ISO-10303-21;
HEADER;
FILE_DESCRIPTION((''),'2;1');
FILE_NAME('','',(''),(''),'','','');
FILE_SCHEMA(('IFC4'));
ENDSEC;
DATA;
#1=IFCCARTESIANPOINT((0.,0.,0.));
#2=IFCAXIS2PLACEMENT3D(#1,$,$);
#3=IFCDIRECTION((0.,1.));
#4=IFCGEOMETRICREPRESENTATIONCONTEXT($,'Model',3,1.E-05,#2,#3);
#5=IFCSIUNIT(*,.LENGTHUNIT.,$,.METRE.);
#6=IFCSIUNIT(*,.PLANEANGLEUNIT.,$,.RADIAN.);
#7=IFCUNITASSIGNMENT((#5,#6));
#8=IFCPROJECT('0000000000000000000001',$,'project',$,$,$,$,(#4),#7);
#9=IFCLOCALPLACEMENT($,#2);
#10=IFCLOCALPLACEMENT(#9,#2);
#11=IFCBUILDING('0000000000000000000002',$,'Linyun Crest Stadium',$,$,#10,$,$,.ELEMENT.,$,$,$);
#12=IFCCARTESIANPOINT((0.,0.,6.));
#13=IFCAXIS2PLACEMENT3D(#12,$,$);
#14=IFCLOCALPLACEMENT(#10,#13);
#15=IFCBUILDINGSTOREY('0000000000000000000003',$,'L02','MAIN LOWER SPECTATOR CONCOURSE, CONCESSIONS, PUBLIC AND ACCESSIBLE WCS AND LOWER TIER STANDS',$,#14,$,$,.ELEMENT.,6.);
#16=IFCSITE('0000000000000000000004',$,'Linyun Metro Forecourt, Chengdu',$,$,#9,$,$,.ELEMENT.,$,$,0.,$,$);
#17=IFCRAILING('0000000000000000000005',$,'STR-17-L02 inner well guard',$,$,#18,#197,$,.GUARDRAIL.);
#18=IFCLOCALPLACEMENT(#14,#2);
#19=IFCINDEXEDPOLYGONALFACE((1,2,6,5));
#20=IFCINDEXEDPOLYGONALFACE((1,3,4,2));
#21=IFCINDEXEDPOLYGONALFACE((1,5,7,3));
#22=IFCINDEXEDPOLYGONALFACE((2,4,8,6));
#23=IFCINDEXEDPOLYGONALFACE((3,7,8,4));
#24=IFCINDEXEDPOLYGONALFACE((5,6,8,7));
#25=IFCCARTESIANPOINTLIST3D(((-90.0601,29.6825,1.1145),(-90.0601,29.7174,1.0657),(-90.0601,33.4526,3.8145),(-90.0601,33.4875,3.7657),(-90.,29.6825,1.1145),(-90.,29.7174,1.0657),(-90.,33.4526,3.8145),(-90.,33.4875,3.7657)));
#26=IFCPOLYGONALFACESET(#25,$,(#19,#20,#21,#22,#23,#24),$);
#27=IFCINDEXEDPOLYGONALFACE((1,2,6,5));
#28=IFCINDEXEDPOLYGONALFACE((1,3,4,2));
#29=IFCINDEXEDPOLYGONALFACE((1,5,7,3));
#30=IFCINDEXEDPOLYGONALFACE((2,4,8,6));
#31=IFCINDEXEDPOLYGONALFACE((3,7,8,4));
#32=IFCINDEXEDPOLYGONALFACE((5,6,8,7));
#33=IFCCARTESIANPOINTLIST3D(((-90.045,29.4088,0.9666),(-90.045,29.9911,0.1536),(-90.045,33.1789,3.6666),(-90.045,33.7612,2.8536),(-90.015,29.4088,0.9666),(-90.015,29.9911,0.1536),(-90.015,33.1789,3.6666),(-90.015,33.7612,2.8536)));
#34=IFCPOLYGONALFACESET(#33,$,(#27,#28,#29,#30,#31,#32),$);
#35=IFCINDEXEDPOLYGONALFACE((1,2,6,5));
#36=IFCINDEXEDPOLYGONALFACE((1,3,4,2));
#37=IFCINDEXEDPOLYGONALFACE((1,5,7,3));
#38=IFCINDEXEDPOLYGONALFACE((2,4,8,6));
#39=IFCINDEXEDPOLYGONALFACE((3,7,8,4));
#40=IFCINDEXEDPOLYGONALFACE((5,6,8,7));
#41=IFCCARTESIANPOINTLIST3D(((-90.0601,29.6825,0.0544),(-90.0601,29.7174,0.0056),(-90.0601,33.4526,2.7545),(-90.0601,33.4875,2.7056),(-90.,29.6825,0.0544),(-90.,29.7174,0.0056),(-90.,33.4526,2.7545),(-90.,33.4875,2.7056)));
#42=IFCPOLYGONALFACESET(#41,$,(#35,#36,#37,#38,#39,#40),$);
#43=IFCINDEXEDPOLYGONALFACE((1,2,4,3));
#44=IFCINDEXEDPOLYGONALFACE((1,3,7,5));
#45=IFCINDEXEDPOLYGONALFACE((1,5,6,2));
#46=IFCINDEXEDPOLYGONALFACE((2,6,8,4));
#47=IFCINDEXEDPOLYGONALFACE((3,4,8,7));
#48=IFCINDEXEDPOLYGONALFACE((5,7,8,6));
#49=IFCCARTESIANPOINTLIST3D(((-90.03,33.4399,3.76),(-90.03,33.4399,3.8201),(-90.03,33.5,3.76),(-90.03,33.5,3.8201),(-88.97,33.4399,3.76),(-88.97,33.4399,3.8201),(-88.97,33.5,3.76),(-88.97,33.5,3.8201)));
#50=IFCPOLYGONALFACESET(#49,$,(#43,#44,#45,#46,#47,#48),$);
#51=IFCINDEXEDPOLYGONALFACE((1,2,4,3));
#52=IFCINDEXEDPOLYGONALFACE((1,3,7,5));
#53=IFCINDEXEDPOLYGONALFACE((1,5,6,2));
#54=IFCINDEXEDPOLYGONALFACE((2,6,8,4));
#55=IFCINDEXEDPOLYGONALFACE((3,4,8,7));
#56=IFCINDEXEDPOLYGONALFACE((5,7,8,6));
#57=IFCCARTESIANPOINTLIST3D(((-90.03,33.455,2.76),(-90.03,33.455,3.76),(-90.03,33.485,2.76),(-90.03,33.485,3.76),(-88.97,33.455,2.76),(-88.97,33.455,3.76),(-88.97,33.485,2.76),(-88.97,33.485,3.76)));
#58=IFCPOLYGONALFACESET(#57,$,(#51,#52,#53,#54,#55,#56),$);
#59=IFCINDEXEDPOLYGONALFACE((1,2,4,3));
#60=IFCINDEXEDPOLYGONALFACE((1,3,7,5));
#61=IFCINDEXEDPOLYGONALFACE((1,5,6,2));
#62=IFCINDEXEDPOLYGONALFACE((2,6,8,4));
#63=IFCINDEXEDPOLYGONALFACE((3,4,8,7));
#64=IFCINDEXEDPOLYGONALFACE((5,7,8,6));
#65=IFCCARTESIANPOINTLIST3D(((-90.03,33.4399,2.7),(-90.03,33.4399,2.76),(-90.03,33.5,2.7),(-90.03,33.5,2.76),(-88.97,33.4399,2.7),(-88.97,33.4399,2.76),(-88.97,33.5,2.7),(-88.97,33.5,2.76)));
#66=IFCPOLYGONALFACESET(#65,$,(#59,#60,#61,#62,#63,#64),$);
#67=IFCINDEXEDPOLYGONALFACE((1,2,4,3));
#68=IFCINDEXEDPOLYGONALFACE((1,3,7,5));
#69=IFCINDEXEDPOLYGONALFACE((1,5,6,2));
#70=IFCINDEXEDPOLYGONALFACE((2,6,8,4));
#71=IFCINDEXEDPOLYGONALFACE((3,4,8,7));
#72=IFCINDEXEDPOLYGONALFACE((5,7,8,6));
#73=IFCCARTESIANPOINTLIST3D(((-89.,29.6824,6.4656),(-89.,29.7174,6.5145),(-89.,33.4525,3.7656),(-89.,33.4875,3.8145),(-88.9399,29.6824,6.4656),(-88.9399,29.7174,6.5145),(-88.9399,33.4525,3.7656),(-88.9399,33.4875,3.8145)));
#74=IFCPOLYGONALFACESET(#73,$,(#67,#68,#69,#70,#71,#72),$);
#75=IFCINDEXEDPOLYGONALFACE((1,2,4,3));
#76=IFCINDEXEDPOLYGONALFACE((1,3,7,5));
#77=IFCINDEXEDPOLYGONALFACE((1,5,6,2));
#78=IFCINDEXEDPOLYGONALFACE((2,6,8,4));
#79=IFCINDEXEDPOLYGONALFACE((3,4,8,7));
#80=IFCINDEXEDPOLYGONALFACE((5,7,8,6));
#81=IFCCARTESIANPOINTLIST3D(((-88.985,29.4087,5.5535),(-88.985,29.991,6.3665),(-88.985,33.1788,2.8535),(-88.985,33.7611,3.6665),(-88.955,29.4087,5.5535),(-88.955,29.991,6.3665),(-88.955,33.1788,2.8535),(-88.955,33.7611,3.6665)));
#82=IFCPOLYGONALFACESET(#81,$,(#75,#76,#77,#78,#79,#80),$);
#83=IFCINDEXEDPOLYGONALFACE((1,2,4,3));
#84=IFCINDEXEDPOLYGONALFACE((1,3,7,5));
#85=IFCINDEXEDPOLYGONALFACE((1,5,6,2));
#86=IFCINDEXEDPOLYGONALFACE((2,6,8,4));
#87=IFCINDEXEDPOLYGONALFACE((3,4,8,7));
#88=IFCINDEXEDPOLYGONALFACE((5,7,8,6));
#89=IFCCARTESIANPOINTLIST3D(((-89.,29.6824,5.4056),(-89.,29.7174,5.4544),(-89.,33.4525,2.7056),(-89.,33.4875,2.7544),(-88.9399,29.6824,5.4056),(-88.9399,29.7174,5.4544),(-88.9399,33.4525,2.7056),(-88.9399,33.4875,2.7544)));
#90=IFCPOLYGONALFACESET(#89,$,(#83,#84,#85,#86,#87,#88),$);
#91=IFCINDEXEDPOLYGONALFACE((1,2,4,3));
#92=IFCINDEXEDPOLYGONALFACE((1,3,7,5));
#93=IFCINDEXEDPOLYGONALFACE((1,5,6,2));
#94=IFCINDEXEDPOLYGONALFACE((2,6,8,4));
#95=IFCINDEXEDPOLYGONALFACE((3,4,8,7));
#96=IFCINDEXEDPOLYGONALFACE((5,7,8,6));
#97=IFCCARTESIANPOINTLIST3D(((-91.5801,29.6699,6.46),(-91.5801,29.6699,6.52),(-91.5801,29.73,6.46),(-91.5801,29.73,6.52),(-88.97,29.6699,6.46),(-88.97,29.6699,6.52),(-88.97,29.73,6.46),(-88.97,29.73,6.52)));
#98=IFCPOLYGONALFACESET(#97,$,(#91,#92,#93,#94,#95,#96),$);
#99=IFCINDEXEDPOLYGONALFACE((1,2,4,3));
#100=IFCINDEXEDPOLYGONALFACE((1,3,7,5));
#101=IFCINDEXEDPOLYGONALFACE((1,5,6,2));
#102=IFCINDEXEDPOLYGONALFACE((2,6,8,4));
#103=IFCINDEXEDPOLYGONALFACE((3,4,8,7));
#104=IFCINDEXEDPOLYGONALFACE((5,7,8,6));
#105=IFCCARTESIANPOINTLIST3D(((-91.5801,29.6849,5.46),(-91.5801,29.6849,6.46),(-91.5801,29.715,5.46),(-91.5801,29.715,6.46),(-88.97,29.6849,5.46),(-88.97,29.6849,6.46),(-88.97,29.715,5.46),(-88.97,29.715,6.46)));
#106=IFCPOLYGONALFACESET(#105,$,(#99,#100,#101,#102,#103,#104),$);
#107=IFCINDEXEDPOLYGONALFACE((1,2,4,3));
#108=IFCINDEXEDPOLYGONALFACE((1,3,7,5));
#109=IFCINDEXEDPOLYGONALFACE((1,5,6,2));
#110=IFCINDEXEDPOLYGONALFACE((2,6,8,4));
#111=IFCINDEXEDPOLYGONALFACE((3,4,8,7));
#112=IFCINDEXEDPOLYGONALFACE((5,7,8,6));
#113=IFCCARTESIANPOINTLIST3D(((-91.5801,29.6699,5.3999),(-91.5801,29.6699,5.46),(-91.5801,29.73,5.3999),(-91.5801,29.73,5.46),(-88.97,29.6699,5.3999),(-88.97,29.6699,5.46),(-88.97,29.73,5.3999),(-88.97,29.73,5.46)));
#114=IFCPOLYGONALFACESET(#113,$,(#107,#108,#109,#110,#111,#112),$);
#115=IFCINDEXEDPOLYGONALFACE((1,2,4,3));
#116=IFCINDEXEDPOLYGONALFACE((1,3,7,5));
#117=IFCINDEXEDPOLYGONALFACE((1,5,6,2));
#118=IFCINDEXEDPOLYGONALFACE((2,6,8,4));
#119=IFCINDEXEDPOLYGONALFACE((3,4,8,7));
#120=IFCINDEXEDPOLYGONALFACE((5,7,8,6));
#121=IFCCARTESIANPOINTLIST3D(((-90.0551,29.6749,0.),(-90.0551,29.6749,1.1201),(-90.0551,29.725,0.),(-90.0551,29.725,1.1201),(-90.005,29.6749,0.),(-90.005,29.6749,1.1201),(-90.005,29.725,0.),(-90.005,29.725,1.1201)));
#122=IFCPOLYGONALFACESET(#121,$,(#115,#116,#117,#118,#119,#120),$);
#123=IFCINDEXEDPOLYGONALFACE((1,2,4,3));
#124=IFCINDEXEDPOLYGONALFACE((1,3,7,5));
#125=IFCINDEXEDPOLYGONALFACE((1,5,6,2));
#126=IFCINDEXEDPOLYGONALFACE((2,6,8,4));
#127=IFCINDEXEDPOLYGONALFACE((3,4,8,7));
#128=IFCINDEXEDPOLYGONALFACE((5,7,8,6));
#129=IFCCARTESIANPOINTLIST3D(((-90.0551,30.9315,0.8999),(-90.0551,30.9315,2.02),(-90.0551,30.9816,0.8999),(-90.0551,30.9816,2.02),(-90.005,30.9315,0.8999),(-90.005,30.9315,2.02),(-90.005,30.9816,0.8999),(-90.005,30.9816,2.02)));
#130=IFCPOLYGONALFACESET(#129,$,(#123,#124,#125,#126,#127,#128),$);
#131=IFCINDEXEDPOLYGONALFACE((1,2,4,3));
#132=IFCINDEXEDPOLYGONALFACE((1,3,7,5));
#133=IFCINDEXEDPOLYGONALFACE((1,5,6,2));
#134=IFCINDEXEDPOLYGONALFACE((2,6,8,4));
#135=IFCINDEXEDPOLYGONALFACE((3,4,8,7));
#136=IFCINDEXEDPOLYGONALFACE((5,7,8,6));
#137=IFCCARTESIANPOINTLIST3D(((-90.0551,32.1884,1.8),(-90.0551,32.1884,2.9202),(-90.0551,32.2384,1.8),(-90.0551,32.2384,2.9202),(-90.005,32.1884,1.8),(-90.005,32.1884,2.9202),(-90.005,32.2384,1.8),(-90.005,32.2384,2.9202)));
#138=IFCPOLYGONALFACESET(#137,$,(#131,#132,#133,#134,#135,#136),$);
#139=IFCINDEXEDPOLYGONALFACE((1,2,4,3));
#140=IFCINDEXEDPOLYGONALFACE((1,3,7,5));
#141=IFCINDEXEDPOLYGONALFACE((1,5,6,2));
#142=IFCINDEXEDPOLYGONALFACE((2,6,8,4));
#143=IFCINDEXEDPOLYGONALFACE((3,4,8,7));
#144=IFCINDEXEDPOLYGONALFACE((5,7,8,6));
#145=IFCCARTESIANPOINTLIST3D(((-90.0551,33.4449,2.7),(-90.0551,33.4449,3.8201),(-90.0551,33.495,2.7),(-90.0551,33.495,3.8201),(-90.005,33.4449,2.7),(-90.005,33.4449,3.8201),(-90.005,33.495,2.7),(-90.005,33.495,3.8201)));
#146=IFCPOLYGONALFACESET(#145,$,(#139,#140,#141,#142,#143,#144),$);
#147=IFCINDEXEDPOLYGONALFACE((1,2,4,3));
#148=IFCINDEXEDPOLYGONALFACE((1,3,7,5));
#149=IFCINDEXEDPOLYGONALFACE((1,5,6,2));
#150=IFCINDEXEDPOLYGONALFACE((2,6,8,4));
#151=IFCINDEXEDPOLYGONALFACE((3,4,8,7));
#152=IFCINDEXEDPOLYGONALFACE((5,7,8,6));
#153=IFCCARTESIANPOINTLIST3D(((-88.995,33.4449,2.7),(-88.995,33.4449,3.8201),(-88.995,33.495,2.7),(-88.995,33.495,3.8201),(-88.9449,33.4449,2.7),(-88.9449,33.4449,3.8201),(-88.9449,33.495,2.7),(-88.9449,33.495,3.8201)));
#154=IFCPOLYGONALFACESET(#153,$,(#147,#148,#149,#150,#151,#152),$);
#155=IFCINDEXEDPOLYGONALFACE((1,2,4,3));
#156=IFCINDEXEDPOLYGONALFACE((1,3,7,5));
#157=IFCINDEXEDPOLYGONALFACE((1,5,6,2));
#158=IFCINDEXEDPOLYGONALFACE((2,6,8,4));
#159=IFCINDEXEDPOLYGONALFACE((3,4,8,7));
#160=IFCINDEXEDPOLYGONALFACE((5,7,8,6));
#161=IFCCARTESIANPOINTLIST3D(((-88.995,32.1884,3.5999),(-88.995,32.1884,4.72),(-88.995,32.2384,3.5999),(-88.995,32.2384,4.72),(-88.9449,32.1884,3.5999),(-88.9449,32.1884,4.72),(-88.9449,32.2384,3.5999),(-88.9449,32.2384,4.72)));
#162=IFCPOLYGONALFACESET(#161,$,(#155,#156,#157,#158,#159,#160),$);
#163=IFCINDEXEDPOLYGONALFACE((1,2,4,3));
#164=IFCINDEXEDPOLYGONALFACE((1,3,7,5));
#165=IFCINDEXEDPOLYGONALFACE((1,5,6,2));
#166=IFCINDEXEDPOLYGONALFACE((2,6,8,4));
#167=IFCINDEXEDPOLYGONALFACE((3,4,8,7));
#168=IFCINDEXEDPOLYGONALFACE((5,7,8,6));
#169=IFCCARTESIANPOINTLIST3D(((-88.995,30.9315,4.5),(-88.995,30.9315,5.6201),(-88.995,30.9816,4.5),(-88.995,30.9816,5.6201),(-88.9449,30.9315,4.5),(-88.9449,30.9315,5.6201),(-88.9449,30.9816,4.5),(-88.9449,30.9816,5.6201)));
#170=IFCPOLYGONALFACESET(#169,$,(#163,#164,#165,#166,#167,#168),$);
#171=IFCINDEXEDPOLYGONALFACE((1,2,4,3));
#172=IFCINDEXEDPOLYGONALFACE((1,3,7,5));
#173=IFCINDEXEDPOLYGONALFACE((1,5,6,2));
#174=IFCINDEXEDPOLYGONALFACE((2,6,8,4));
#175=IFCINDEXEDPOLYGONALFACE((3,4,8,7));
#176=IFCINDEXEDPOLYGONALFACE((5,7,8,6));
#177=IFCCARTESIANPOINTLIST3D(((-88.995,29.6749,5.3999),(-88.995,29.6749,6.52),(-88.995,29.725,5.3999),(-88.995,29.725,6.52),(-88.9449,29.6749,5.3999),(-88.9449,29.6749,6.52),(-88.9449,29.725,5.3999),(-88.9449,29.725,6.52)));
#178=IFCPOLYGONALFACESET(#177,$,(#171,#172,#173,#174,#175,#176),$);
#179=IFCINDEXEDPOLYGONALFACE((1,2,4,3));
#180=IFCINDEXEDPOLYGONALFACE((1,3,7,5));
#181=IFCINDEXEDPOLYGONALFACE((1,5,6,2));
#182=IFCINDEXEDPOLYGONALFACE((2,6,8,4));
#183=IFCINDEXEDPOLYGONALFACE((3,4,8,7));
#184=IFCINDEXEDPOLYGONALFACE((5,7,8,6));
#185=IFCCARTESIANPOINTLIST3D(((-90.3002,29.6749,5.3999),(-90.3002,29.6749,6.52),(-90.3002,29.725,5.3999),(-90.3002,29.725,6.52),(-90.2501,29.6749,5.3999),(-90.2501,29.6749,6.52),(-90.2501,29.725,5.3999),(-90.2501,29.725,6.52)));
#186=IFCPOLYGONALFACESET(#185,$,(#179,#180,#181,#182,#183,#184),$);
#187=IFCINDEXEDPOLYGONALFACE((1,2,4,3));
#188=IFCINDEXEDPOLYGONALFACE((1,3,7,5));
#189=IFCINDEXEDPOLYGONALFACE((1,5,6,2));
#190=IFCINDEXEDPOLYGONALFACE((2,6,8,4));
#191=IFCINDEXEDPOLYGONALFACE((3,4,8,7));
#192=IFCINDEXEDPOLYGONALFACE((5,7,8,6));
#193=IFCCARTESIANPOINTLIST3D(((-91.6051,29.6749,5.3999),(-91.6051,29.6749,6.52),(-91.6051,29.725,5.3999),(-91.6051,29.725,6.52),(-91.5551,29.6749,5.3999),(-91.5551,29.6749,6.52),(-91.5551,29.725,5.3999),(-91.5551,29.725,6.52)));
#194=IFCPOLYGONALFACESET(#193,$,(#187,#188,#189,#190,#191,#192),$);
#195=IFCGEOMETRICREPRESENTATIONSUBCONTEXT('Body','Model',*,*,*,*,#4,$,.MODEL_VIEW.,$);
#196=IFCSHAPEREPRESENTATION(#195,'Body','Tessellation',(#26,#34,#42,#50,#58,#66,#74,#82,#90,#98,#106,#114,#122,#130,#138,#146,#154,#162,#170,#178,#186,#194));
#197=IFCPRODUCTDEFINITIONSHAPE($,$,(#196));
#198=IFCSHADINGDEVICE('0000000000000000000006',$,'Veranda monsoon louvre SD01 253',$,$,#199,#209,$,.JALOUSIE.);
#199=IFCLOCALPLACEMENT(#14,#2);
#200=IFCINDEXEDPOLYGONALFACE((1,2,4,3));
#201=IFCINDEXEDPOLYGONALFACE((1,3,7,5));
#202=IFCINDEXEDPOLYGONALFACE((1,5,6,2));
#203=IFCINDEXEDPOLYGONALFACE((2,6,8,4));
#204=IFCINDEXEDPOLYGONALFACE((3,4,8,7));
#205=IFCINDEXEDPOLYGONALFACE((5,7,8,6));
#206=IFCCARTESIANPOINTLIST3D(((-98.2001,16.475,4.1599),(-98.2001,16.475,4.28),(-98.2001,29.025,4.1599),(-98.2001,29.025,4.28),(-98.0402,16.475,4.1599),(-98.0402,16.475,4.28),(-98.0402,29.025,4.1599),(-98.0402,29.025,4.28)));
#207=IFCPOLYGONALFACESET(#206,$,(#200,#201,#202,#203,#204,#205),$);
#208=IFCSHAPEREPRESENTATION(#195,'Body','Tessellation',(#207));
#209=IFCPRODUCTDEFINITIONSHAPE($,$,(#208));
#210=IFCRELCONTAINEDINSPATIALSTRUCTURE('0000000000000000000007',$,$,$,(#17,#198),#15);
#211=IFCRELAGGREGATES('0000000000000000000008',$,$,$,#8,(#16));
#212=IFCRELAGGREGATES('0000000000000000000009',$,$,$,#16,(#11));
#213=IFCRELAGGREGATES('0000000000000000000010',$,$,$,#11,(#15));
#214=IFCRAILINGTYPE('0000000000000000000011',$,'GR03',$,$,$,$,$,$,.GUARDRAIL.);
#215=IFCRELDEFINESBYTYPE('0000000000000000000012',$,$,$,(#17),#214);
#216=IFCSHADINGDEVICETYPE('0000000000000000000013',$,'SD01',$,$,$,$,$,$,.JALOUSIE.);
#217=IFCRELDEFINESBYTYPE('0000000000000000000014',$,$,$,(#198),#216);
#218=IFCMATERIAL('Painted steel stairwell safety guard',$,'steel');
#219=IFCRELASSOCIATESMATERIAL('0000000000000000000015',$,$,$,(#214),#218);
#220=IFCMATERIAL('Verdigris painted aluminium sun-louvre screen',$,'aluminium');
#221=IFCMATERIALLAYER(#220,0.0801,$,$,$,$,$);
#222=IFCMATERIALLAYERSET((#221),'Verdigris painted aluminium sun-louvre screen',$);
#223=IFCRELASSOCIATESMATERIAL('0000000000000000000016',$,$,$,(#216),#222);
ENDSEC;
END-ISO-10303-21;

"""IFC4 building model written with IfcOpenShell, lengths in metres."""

from ifc_helpers import new_model, si_unit, direction, frame, origin, origin_2d, place, context, subcontext, project, spatial, rectangle, extrude, material, layer, layer_set, type_object, element, save


model = new_model("IFC4")

# Units and contexts
model_context = context("Model", 3, precision=1e-05, world=origin(), true_north=direction((0.0, 1.0)))
body_context = subcontext(model_context, "Body", "Model", "MODEL_VIEW")
ifc_project = project(units=[si_unit("LENGTHUNIT", "METRE"), si_unit("PLANEANGLEUNIT", "RADIAN")], contexts=[model_context])

# Site, building, storey
site_placement = place(None, origin())
site = spatial("IfcSite", under=ifc_project, at=site_placement, Name="Linyun Metro Forecourt, Chengdu", CompositionType="ELEMENT", RefElevation=0.0)
building_placement = place(site_placement, origin())
building = spatial("IfcBuilding", under=site, at=building_placement, Name="Linyun Crest Stadium", CompositionType="ELEMENT")
storey_placement = place(building_placement, frame((0.0, 0.0, 6.0)))
storey = spatial("IfcBuildingStorey", under=building, at=storey_placement, Name="L02", Description="MAIN LOWER SPECTATOR CONCOURSE, CONCESSIONS, PUBLIC AND ACCESSIBLE WCS AND LOWER TIER STANDS", CompositionType="ELEMENT", Elevation=6.0)

# Railing
ifc_material_1 = material(Name="Painted steel stairwell safety guard", Category="steel")
railing_type_1 = type_object("IfcRailingType", Name="GR03", PredefinedType="GUARDRAIL", material=ifc_material_1)
railing_1_placement = place(storey_placement, frame((-90.03, 29.7, 0.0)))
element("IfcRailing", 1, at=railing_1_placement, inside=storey, type_object=railing_type_1, Name="STR-17-L02 inner well guard", PredefinedType="GUARDRAIL", context=body_context, shape_type="SweptSolid", body=[
    extrude(rectangle(XDim=0.0601, YDim=0.0601, at=origin_2d()), frame((0.0, 0.0, 1.0901), z_axis=(0.0, 0.813011, 0.582249), x_axis=(-1.0, 0.0, 0.0)), (0.0, 0.0, 1.0), 4.6372),
    extrude(rectangle(XDim=0.03, YDim=1.0, at=origin_2d()), frame((0.0, 0.0, 0.5601), z_axis=(0.0, 0.813011, 0.582249), x_axis=(-1.0, 0.0, 0.0)), (0.0, 0.0, 1.0), 4.6372),
    extrude(rectangle(XDim=0.0601, YDim=0.0601, at=origin_2d()), frame((0.0, 0.0, 0.03), z_axis=(0.0, 0.813011, 0.582249), x_axis=(-1.0, 0.0, 0.0)), (0.0, 0.0, 1.0), 4.6372),
    extrude(rectangle(XDim=0.0601, YDim=0.0601, at=origin_2d()), frame((0.0, 3.77, 3.79), z_axis=(1.0, 0.0, 0.0), x_axis=(0.0, 1.0, 0.0)), (0.0, 0.0, 1.0), 1.0601),
    extrude(rectangle(XDim=0.03, YDim=1.0, at=origin_2d()), frame((0.0, 3.77, 3.26), z_axis=(1.0, 0.0, 0.0), x_axis=(0.0, 1.0, 0.0)), (0.0, 0.0, 1.0), 1.0601),
    extrude(rectangle(XDim=0.0601, YDim=0.0601, at=origin_2d()), frame((0.0, 3.77, 2.73), z_axis=(1.0, 0.0, 0.0), x_axis=(0.0, 1.0, 0.0)), (0.0, 0.0, 1.0), 1.0601),
    extrude(rectangle(XDim=0.0601, YDim=0.0601, at=origin_2d()), frame((1.0601, 3.77, 3.79), z_axis=(0.0, -0.813011, 0.582249), x_axis=(1.0, 0.0, 0.0)), (0.0, 0.0, 1.0), 4.6372),
    extrude(rectangle(XDim=0.03, YDim=1.0, at=origin_2d()), frame((1.0601, 3.77, 3.26), z_axis=(0.0, -0.813011, 0.582249), x_axis=(1.0, 0.0, 0.0)), (0.0, 0.0, 1.0), 4.6372),
    extrude(rectangle(XDim=0.0601, YDim=0.0601, at=origin_2d()), frame((1.0601, 3.77, 2.73), z_axis=(0.0, -0.813011, 0.582249), x_axis=(1.0, 0.0, 0.0)), (0.0, 0.0, 1.0), 4.6372),
    extrude(rectangle(XDim=0.0601, YDim=0.0601, at=origin_2d()), frame((1.0601, 0.0, 6.49), z_axis=(-1.0, 0.0, 0.0), x_axis=(0.0, -1.0, 0.0)), (0.0, 0.0, 1.0), 2.6101),
    extrude(rectangle(XDim=0.03, YDim=1.0, at=origin_2d()), frame((1.0601, 0.0, 5.96), z_axis=(-1.0, 0.0, 0.0), x_axis=(0.0, -1.0, 0.0)), (0.0, 0.0, 1.0), 2.6101),
    extrude(rectangle(XDim=0.0601, YDim=0.0601, at=origin_2d()), frame((1.0601, 0.0, 5.4299), z_axis=(-1.0, 0.0, 0.0), x_axis=(0.0, -1.0, 0.0)), (0.0, 0.0, 1.0), 2.6101),
    extrude(rectangle(XDim=0.05, YDim=0.05, at=origin_2d()), origin(), (0.0, 0.0, 1.0), 1.1201),
    extrude(rectangle(XDim=0.05, YDim=0.05, at=origin_2d()), frame((0.0, 1.2566, 0.8999)), (0.0, 0.0, 1.0), 1.1201),
    extrude(rectangle(XDim=0.05, YDim=0.05, at=origin_2d()), frame((0.0, 2.5134, 1.8)), (0.0, 0.0, 1.0), 1.1201),
    extrude(rectangle(XDim=0.05, YDim=0.05, at=origin_2d()), frame((0.0, 3.77, 2.7)), (0.0, 0.0, 1.0), 1.1201),
    extrude(rectangle(XDim=0.05, YDim=0.05, at=origin_2d()), frame((1.0601, 3.77, 2.7)), (0.0, 0.0, 1.0), 1.1201),
    extrude(rectangle(XDim=0.05, YDim=0.05, at=origin_2d()), frame((1.0601, 2.5134, 3.5999)), (0.0, 0.0, 1.0), 1.1201),
    extrude(rectangle(XDim=0.05, YDim=0.05, at=origin_2d()), frame((1.0601, 1.2566, 4.5)), (0.0, 0.0, 1.0), 1.1201),
    extrude(rectangle(XDim=0.05, YDim=0.05, at=origin_2d()), frame((1.0601, 0.0, 5.3999)), (0.0, 0.0, 1.0), 1.1201),
    extrude(rectangle(XDim=0.05, YDim=0.05, at=origin_2d()), frame((-0.2451, 0.0, 5.3999)), (0.0, 0.0, 1.0), 1.1201),
    extrude(rectangle(XDim=0.05, YDim=0.05, at=origin_2d()), frame((-1.55, 0.0, 5.3999)), (0.0, 0.0, 1.0), 1.1201),
])

# Shading device
ifc_material_2 = material(Name="Verdigris painted aluminium sun-louvre screen", Category="aluminium")
ifc_layer_1 = layer(ifc_material_2, 0.0801)
ifc_layer_set_1 = layer_set([ifc_layer_1], Name="Verdigris painted aluminium sun-louvre screen")
shading_device_type = type_object("IfcShadingDeviceType", Name="SD01", PredefinedType="JALOUSIE", material=ifc_layer_set_1)
shading_device_placement = place(storey_placement, frame((-98.1201, 22.75, 4.1599), z_axis=(0.0, 0.0, 1.0), x_axis=(1.0, 0.0, 0.0)))
element("IfcShadingDevice", 2, at=shading_device_placement, inside=storey, type_object=shading_device_type, Name="Veranda monsoon louvre SD01 253", PredefinedType="JALOUSIE", context=body_context, shape_type="SweptSolid", body=[
    extrude(rectangle(XDim=0.1599, YDim=12.55, at=origin_2d()), origin(), (0.0, 0.0, 1.0), 0.1201),
])

save(model, "model.ifc")
